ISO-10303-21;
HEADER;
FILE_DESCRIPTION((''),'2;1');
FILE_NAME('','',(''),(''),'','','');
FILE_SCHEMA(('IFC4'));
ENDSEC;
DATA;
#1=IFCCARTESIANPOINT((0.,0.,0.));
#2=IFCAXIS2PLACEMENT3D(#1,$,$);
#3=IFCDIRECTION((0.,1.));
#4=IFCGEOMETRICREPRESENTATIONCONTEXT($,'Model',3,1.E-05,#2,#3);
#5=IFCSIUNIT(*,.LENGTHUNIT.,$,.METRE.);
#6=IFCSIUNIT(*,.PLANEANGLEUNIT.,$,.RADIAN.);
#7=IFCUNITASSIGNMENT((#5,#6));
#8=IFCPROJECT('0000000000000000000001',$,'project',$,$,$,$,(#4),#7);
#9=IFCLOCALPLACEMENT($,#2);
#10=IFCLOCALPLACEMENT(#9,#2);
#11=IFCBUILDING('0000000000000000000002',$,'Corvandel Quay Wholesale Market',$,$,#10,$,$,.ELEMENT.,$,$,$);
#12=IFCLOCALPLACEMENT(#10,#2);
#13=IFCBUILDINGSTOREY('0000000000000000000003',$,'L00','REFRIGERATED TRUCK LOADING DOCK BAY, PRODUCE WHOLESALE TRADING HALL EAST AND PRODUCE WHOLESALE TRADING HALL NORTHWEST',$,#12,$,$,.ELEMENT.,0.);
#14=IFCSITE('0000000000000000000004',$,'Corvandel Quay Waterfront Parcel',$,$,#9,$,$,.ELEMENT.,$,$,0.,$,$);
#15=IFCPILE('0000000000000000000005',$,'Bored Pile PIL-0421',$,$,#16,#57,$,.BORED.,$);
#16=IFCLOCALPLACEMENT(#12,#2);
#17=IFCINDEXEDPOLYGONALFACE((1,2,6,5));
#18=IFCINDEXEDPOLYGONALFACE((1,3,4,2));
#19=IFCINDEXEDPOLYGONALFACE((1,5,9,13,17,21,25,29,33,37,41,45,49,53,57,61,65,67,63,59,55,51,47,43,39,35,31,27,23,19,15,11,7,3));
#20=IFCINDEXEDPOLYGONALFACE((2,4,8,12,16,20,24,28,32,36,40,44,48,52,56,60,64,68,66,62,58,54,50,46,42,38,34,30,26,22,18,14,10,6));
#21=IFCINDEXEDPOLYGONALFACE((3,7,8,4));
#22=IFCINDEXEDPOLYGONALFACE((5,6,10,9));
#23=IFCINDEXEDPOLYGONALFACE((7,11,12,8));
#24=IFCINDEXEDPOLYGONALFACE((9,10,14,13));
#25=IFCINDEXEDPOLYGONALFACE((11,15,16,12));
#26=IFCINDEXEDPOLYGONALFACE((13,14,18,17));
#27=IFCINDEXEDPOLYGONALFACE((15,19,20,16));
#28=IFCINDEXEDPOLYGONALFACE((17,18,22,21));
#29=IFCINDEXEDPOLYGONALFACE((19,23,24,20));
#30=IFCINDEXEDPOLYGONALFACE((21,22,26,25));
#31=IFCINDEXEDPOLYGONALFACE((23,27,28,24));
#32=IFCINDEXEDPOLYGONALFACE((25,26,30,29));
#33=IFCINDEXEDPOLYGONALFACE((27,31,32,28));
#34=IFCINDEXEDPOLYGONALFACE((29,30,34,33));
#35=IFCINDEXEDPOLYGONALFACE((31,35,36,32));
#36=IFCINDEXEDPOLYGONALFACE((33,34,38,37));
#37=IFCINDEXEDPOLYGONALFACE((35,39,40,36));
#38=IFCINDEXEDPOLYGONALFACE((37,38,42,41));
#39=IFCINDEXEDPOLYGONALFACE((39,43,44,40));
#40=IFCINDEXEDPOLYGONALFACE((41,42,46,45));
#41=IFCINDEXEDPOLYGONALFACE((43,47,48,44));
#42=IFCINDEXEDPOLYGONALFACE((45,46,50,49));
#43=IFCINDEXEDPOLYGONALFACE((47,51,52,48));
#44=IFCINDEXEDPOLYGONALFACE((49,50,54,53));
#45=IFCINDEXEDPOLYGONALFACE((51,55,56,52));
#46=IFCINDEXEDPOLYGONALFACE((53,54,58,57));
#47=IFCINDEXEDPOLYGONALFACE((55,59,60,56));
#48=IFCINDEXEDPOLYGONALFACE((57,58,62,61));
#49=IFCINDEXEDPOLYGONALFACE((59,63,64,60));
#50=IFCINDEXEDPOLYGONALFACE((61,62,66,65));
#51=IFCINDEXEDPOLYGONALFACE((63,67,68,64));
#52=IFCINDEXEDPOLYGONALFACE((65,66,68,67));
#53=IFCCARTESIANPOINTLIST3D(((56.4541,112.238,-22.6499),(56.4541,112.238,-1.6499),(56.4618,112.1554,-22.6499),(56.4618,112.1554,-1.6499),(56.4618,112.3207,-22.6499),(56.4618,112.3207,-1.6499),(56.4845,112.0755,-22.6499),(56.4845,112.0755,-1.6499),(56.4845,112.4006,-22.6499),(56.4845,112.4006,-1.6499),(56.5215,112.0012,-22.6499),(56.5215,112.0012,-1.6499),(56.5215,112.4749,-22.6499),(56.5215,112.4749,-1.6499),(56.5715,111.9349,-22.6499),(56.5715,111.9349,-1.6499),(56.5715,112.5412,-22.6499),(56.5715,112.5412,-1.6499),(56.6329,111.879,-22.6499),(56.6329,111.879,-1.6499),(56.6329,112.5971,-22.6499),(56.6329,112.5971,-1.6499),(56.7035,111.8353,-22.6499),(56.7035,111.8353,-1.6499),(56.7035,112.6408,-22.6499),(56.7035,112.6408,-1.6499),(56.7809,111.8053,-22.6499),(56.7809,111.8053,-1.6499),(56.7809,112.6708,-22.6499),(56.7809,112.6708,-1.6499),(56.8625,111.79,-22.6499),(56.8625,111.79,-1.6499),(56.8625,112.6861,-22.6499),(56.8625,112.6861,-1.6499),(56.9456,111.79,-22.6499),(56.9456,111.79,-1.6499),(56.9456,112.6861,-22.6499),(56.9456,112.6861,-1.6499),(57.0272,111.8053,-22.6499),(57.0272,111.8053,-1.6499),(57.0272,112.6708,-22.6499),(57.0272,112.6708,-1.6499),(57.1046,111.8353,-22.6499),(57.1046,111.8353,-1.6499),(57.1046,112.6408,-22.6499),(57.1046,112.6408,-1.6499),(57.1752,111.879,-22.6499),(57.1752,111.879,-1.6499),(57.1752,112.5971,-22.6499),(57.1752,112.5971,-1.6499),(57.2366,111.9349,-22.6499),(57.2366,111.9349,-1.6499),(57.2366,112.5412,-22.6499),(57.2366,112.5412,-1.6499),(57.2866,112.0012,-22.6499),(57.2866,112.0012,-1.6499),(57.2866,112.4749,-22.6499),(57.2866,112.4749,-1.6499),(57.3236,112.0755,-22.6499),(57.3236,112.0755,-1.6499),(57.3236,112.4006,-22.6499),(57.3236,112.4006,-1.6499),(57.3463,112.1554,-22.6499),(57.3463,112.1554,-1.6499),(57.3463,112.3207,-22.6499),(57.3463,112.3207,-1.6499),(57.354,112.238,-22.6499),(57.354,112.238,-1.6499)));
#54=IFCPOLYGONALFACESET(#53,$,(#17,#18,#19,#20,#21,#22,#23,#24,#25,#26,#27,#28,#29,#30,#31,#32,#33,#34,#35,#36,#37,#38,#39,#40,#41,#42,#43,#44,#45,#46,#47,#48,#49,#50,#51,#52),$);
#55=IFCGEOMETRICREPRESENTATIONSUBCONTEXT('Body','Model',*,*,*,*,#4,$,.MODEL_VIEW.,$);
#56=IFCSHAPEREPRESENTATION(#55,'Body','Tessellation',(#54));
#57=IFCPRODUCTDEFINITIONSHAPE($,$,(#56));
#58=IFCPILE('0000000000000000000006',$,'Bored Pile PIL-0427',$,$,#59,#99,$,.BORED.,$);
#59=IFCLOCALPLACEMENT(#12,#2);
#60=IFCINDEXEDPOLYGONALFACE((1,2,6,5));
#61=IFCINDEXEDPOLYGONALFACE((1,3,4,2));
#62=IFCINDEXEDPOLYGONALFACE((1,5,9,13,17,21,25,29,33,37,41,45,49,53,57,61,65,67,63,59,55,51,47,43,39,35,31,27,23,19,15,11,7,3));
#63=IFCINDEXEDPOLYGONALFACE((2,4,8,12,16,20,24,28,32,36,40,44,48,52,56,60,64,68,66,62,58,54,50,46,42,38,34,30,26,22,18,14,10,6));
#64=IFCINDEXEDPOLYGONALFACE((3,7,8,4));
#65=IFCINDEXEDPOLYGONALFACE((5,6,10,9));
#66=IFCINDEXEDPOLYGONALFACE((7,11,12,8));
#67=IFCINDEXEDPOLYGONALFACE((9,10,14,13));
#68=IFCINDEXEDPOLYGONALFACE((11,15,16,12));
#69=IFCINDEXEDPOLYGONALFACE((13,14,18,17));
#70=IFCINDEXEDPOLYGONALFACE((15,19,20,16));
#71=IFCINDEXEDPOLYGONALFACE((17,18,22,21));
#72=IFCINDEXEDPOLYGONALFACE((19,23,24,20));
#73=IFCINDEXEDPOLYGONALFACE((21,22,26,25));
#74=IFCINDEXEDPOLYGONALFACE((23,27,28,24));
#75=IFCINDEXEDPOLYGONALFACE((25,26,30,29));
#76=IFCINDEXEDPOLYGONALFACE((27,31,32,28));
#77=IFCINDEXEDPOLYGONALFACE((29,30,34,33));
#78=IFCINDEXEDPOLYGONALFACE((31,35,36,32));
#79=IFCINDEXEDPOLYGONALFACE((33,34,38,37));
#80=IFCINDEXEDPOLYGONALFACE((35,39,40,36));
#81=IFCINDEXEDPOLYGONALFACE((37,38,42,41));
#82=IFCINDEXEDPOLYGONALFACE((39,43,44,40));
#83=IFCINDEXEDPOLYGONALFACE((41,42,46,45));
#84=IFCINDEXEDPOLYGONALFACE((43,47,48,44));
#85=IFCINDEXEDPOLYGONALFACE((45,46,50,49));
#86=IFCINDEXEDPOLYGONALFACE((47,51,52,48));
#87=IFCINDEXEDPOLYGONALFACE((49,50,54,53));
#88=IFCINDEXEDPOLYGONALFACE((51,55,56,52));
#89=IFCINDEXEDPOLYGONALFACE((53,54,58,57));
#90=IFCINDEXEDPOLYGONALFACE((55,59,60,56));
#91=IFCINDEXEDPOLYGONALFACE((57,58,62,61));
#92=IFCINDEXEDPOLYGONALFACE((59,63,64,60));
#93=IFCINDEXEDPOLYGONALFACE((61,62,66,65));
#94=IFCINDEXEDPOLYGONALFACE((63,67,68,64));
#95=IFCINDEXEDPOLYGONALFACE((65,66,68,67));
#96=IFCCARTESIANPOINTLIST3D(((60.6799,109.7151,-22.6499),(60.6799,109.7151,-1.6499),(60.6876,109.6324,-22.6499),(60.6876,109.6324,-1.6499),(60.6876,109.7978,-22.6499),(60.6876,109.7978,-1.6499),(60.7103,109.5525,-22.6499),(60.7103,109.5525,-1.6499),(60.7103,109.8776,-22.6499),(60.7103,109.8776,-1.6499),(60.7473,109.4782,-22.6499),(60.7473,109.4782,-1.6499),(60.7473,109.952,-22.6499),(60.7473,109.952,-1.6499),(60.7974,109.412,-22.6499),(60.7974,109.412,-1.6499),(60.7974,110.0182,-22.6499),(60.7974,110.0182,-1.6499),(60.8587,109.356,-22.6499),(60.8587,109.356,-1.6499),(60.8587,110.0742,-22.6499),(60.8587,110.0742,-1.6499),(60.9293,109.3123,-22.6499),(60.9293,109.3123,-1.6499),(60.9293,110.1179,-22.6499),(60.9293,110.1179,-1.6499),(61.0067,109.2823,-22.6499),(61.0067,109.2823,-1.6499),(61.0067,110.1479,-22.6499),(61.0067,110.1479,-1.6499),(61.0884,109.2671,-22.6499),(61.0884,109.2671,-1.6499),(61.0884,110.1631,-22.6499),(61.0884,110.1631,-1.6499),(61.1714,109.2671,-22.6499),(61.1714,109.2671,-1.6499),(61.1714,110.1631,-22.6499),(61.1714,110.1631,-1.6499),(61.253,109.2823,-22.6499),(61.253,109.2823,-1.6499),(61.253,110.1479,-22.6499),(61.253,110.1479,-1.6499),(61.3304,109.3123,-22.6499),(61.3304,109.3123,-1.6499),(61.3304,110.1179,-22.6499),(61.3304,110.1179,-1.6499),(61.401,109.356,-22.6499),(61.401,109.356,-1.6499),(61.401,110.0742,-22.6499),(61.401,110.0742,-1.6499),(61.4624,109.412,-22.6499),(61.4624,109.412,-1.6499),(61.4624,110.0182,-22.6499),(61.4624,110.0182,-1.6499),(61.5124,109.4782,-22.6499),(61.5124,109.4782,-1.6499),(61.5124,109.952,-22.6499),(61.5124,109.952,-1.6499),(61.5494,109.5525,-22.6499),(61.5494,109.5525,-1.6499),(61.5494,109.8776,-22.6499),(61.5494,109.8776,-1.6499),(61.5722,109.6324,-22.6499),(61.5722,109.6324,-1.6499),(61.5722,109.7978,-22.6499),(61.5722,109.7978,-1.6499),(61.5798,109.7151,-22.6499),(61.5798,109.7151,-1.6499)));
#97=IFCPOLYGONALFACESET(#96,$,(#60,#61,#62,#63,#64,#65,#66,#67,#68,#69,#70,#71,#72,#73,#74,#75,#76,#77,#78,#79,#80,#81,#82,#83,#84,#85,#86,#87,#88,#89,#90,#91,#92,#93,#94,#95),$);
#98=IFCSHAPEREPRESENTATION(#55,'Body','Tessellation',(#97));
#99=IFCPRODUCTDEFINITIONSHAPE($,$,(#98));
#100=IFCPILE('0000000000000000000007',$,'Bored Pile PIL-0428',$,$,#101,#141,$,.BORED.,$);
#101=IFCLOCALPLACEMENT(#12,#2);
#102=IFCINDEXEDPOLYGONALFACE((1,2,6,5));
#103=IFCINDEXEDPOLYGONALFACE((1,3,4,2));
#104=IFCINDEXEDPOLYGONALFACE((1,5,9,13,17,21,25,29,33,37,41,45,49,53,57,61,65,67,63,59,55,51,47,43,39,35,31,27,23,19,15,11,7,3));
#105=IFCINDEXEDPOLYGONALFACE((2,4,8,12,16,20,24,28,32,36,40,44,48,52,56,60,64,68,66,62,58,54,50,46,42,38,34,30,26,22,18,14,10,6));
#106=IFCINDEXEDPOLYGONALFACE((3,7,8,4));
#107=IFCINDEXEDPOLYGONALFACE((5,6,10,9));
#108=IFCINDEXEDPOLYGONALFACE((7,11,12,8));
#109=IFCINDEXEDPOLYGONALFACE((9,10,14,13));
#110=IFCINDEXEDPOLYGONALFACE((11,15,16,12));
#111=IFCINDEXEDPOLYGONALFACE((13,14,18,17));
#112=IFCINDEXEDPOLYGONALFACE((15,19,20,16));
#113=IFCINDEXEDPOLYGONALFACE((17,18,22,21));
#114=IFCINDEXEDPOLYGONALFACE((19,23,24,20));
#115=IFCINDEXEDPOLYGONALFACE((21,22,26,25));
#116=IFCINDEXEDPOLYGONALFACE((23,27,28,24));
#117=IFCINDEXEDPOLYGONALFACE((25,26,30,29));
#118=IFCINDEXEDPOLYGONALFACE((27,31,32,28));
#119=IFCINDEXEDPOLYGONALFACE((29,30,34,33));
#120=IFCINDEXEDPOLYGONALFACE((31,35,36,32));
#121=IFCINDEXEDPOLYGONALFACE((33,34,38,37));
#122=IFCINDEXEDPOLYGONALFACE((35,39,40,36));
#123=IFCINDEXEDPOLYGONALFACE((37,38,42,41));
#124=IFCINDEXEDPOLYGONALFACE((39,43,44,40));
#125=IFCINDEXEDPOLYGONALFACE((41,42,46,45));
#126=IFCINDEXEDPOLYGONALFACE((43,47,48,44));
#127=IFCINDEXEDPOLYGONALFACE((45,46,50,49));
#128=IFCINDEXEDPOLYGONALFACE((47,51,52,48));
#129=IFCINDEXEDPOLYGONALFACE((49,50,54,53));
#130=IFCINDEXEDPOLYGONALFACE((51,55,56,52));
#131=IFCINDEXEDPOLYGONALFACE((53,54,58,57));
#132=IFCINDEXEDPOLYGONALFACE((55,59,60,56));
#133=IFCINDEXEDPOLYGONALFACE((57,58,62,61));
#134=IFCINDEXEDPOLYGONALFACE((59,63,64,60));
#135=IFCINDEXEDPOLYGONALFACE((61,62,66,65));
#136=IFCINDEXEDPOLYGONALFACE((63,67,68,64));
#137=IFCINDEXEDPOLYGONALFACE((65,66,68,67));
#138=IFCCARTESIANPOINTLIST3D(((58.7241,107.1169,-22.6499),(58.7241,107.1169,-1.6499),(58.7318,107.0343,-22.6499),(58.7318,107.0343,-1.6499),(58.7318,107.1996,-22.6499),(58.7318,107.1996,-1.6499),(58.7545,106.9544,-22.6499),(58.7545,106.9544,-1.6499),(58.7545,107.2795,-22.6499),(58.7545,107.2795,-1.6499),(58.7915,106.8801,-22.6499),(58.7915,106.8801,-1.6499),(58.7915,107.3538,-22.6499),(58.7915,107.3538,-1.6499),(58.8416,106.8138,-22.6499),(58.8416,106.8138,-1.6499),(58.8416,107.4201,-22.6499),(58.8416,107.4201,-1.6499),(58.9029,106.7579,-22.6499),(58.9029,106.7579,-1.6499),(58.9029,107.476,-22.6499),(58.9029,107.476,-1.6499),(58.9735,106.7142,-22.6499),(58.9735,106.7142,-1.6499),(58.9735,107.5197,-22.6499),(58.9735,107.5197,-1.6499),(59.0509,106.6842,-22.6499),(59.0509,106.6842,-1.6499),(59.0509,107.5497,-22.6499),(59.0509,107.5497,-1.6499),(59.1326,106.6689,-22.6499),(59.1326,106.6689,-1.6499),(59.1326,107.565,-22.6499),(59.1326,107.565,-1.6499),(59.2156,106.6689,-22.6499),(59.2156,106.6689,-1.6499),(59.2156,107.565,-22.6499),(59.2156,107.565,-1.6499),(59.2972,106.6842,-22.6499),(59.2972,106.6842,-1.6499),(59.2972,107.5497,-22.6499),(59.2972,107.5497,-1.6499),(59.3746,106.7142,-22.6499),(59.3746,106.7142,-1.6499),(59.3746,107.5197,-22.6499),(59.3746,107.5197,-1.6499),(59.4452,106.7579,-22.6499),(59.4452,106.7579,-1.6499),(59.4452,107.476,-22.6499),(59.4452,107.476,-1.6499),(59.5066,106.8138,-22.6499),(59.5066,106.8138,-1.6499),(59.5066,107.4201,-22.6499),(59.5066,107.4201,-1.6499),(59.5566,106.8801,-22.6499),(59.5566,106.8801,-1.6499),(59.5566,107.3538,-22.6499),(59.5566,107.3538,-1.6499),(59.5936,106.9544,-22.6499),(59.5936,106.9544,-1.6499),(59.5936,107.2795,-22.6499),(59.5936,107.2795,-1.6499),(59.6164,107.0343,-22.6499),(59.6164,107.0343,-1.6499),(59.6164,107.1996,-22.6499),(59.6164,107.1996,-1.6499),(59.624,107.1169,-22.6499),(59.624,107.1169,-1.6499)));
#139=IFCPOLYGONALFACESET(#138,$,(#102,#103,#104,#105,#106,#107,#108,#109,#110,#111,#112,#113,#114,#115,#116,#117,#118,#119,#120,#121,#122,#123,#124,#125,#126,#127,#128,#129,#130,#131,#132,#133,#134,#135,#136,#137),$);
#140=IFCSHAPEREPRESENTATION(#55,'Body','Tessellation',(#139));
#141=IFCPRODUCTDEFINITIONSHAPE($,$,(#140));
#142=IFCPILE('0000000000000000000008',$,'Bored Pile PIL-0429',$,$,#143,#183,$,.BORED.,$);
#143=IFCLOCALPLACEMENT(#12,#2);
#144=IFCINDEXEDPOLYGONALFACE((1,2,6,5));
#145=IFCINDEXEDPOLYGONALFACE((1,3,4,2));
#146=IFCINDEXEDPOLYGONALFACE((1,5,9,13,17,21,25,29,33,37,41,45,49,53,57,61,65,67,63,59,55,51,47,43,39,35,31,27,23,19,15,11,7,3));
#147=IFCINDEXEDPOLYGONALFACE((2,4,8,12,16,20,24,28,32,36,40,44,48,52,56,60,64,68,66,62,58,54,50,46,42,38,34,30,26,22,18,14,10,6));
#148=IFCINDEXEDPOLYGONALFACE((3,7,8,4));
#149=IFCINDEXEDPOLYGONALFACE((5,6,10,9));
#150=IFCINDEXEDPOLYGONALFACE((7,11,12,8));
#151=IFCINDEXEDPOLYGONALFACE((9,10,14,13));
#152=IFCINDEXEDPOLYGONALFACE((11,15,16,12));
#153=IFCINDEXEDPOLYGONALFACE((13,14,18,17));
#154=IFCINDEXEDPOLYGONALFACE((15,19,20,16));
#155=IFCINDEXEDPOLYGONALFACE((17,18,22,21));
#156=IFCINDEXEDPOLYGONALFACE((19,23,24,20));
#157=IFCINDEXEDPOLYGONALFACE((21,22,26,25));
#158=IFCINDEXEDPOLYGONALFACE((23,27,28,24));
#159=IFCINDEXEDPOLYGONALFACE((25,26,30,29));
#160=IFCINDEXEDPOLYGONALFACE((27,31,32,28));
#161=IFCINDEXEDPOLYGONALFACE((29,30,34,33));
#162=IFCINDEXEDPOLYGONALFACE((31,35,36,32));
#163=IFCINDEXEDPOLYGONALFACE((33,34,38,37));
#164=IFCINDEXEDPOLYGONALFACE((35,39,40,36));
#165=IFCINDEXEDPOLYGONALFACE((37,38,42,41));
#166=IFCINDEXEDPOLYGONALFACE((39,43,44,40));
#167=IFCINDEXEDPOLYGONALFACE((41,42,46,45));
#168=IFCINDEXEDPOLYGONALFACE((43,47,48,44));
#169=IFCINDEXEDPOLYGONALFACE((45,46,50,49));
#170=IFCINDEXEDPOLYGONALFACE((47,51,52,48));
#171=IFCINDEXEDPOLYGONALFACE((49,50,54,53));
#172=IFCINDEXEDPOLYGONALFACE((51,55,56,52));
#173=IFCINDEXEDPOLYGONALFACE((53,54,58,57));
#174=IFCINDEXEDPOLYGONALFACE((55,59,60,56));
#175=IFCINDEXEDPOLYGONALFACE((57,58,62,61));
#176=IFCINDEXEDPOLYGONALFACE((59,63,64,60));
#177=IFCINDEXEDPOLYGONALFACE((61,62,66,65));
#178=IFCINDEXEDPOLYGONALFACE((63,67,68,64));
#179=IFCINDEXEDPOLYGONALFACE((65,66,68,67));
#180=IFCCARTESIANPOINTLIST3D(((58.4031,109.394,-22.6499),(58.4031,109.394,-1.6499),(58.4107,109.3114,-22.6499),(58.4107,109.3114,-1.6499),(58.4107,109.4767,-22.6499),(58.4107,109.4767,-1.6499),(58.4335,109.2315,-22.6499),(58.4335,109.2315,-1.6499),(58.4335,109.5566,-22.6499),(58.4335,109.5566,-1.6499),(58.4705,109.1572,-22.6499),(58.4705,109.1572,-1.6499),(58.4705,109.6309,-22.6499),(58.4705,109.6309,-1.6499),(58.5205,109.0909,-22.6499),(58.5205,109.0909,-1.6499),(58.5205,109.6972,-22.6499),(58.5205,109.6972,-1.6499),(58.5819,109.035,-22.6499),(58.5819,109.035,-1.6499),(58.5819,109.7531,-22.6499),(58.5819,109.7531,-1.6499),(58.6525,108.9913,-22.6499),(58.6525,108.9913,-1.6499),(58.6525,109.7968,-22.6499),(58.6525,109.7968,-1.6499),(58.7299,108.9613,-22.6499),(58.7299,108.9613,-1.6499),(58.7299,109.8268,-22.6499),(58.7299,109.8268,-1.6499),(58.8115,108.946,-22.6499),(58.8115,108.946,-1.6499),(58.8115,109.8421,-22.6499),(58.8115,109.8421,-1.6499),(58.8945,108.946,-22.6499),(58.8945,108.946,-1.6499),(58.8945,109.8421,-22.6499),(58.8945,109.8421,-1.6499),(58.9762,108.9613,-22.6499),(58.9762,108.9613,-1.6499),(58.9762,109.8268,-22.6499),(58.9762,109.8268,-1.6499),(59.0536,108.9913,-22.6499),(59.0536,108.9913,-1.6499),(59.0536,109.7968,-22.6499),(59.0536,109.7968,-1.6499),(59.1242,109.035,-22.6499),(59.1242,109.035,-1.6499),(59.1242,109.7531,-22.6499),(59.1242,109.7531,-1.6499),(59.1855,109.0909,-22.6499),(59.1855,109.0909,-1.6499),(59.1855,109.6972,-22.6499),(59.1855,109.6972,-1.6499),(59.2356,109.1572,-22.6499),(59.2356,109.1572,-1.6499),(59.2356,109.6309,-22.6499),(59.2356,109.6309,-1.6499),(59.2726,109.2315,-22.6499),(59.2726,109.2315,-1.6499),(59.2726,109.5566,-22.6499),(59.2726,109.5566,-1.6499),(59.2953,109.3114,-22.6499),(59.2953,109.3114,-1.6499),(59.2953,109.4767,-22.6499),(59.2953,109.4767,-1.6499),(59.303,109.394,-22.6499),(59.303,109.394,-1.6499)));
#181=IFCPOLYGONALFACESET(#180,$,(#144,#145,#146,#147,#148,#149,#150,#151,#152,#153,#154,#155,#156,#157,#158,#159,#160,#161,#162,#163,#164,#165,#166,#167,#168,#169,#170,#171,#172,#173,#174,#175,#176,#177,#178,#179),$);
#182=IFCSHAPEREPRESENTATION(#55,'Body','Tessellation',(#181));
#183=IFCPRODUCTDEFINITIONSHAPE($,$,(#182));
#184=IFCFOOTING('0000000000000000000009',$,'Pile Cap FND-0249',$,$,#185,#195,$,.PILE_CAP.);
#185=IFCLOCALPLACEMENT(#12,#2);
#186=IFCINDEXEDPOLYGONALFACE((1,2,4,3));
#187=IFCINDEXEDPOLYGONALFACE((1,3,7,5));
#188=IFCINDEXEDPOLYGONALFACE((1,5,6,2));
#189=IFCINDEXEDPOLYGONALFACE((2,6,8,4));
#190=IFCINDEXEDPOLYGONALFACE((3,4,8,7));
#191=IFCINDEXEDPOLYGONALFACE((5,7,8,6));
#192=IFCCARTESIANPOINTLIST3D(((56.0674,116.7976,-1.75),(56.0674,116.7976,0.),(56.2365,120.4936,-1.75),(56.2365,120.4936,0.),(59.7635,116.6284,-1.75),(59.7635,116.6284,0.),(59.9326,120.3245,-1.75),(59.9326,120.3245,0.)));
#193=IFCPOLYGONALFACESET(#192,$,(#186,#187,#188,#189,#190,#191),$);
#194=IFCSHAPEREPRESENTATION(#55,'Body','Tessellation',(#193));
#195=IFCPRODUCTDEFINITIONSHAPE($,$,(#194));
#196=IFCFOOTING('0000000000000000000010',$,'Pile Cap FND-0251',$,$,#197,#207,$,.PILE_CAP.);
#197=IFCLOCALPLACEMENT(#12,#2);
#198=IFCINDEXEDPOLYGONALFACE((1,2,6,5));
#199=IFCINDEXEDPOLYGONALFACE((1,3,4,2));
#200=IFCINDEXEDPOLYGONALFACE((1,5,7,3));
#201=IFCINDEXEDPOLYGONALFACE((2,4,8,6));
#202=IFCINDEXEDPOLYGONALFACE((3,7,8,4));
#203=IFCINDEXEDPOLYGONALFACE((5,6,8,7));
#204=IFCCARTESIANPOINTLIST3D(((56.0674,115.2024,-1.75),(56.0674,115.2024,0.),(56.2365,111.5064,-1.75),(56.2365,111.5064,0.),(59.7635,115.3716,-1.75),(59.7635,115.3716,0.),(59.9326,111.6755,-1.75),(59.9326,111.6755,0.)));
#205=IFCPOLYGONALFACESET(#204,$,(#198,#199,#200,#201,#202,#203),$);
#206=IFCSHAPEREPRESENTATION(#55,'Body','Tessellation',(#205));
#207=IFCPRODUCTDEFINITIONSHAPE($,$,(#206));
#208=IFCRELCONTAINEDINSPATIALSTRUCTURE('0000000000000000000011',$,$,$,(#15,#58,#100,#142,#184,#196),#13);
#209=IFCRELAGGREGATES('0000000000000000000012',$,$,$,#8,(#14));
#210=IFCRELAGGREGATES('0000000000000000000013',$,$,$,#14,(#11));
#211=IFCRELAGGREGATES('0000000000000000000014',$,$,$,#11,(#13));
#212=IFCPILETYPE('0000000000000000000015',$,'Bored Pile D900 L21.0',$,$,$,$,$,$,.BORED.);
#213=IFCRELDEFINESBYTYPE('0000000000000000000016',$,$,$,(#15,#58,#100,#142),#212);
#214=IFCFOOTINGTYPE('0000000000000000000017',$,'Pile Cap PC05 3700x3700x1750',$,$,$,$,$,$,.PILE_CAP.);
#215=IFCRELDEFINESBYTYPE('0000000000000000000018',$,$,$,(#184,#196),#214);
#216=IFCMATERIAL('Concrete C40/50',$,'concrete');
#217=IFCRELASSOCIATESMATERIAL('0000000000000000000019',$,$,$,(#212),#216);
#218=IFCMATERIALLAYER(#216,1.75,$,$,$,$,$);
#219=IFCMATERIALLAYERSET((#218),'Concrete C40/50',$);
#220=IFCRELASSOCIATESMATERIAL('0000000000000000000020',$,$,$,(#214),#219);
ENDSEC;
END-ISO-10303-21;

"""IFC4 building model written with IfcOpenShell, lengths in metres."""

from ifc_helpers import new_model, si_unit, direction, frame, origin, origin_2d, place, context, subcontext, project, spatial, rectangle, circle, extrude, material, layer, layer_set, material_profile, profile_set, type_object, element, save


model = new_model("IFC4")

# Units and contexts
model_context = context("Model", 3, precision=1e-05, world=origin(), true_north=direction((0.0, 1.0)))
body_context = subcontext(model_context, "Body", "Model", "MODEL_VIEW")
ifc_project = project(units=[si_unit("LENGTHUNIT", "METRE"), si_unit("PLANEANGLEUNIT", "RADIAN")], contexts=[model_context])

# Site, building, storey
site_placement = place(None, origin())
site = spatial("IfcSite", under=ifc_project, at=site_placement, Name="Corvandel Quay Waterfront Parcel", CompositionType="ELEMENT", RefElevation=0.0)
building_placement = place(site_placement, origin())
building = spatial("IfcBuilding", under=site, at=building_placement, Name="Corvandel Quay Wholesale Market", CompositionType="ELEMENT")
storey_placement = place(building_placement, origin())
storey = spatial("IfcBuildingStorey", under=building, at=storey_placement, Name="L00", Description="REFRIGERATED TRUCK LOADING DOCK BAY, PRODUCE WHOLESALE TRADING HALL EAST AND PRODUCE WHOLESALE TRADING HALL NORTHWEST", CompositionType="ELEMENT", Elevation=0.0)

# Piles
ifc_material_1 = material(Name="Concrete C40/50", Category="concrete")
ifc_material_profile_1 = material_profile(ifc_material_1, circle(Radius=0.45, at=origin_2d()), Name="RC-PILE-D900")
ifc_profile_set_1 = profile_set([ifc_material_profile_1], Name="Concrete C40/50")
pile_type = type_object("IfcPileType", Name="Bored Pile D900 L21.0", PredefinedType="BORED", material=ifc_profile_set_1)
for number, where, z_axis, x_axis, name in (
    (1, (56.9041, 112.238, -1.6499), (0.0, 0.0, -1.0), (1.0, 0.0, 0.0), "Bored Pile PIL-0421"),
    (2, (61.1299, 109.7151, -1.6499), (0.0, 0.0, -1.0), (1.0, 0.0, 0.0), "Bored Pile PIL-0427"),
    (3, (59.1741, 107.1169, -1.6499), (0.0, 0.0, -1.0), (1.0, 0.0, 0.0), "Bored Pile PIL-0428"),
    (4, (58.853, 109.394, -1.6499), (0.0, 0.0, -1.0), (1.0, 0.0, 0.0), "Bored Pile PIL-0429"),
):
    element("IfcPile", number, at=place(storey_placement, frame(where, z_axis=z_axis, x_axis=x_axis)), inside=storey, type_object=pile_type, Name=name, PredefinedType="BORED", context=body_context, shape_type="SweptSolid", body=[
        extrude(circle(Radius=0.45, at=origin_2d()), origin(), (0.0, 0.0, 1.0), 21.0),
    ])

# Footings
ifc_layer_1 = layer(ifc_material_1, 1.75)
ifc_layer_set_1 = layer_set([ifc_layer_1], Name="Concrete C40/50")
footing_type_1 = type_object("IfcFootingType", Name="Pile Cap PC05 3700x3700x1750", PredefinedType="PILE_CAP", material=ifc_layer_set_1)
for number, where, z_axis, x_axis, name in (
    (5, (58.0, 118.561, -1.75), (0.0, 0.0, 1.0), (0.045712, 0.998955, 0.0), "Pile Cap FND-0249"),
    (6, (58.0, 113.439, -1.75), (0.0, 0.0, 1.0), (-0.045712, 0.998955, 0.0), "Pile Cap FND-0251"),
):
    element("IfcFooting", number, at=place(storey_placement, frame(where, z_axis=z_axis, x_axis=x_axis)), inside=storey, type_object=footing_type_1, Name=name, PredefinedType="PILE_CAP", context=body_context, shape_type="SweptSolid", body=[
        extrude(rectangle(XDim=3.7, YDim=3.7, at=origin_2d()), origin(), (0.0, 0.0, 1.0), 1.75),
    ])

save(model, "model.ifc")
